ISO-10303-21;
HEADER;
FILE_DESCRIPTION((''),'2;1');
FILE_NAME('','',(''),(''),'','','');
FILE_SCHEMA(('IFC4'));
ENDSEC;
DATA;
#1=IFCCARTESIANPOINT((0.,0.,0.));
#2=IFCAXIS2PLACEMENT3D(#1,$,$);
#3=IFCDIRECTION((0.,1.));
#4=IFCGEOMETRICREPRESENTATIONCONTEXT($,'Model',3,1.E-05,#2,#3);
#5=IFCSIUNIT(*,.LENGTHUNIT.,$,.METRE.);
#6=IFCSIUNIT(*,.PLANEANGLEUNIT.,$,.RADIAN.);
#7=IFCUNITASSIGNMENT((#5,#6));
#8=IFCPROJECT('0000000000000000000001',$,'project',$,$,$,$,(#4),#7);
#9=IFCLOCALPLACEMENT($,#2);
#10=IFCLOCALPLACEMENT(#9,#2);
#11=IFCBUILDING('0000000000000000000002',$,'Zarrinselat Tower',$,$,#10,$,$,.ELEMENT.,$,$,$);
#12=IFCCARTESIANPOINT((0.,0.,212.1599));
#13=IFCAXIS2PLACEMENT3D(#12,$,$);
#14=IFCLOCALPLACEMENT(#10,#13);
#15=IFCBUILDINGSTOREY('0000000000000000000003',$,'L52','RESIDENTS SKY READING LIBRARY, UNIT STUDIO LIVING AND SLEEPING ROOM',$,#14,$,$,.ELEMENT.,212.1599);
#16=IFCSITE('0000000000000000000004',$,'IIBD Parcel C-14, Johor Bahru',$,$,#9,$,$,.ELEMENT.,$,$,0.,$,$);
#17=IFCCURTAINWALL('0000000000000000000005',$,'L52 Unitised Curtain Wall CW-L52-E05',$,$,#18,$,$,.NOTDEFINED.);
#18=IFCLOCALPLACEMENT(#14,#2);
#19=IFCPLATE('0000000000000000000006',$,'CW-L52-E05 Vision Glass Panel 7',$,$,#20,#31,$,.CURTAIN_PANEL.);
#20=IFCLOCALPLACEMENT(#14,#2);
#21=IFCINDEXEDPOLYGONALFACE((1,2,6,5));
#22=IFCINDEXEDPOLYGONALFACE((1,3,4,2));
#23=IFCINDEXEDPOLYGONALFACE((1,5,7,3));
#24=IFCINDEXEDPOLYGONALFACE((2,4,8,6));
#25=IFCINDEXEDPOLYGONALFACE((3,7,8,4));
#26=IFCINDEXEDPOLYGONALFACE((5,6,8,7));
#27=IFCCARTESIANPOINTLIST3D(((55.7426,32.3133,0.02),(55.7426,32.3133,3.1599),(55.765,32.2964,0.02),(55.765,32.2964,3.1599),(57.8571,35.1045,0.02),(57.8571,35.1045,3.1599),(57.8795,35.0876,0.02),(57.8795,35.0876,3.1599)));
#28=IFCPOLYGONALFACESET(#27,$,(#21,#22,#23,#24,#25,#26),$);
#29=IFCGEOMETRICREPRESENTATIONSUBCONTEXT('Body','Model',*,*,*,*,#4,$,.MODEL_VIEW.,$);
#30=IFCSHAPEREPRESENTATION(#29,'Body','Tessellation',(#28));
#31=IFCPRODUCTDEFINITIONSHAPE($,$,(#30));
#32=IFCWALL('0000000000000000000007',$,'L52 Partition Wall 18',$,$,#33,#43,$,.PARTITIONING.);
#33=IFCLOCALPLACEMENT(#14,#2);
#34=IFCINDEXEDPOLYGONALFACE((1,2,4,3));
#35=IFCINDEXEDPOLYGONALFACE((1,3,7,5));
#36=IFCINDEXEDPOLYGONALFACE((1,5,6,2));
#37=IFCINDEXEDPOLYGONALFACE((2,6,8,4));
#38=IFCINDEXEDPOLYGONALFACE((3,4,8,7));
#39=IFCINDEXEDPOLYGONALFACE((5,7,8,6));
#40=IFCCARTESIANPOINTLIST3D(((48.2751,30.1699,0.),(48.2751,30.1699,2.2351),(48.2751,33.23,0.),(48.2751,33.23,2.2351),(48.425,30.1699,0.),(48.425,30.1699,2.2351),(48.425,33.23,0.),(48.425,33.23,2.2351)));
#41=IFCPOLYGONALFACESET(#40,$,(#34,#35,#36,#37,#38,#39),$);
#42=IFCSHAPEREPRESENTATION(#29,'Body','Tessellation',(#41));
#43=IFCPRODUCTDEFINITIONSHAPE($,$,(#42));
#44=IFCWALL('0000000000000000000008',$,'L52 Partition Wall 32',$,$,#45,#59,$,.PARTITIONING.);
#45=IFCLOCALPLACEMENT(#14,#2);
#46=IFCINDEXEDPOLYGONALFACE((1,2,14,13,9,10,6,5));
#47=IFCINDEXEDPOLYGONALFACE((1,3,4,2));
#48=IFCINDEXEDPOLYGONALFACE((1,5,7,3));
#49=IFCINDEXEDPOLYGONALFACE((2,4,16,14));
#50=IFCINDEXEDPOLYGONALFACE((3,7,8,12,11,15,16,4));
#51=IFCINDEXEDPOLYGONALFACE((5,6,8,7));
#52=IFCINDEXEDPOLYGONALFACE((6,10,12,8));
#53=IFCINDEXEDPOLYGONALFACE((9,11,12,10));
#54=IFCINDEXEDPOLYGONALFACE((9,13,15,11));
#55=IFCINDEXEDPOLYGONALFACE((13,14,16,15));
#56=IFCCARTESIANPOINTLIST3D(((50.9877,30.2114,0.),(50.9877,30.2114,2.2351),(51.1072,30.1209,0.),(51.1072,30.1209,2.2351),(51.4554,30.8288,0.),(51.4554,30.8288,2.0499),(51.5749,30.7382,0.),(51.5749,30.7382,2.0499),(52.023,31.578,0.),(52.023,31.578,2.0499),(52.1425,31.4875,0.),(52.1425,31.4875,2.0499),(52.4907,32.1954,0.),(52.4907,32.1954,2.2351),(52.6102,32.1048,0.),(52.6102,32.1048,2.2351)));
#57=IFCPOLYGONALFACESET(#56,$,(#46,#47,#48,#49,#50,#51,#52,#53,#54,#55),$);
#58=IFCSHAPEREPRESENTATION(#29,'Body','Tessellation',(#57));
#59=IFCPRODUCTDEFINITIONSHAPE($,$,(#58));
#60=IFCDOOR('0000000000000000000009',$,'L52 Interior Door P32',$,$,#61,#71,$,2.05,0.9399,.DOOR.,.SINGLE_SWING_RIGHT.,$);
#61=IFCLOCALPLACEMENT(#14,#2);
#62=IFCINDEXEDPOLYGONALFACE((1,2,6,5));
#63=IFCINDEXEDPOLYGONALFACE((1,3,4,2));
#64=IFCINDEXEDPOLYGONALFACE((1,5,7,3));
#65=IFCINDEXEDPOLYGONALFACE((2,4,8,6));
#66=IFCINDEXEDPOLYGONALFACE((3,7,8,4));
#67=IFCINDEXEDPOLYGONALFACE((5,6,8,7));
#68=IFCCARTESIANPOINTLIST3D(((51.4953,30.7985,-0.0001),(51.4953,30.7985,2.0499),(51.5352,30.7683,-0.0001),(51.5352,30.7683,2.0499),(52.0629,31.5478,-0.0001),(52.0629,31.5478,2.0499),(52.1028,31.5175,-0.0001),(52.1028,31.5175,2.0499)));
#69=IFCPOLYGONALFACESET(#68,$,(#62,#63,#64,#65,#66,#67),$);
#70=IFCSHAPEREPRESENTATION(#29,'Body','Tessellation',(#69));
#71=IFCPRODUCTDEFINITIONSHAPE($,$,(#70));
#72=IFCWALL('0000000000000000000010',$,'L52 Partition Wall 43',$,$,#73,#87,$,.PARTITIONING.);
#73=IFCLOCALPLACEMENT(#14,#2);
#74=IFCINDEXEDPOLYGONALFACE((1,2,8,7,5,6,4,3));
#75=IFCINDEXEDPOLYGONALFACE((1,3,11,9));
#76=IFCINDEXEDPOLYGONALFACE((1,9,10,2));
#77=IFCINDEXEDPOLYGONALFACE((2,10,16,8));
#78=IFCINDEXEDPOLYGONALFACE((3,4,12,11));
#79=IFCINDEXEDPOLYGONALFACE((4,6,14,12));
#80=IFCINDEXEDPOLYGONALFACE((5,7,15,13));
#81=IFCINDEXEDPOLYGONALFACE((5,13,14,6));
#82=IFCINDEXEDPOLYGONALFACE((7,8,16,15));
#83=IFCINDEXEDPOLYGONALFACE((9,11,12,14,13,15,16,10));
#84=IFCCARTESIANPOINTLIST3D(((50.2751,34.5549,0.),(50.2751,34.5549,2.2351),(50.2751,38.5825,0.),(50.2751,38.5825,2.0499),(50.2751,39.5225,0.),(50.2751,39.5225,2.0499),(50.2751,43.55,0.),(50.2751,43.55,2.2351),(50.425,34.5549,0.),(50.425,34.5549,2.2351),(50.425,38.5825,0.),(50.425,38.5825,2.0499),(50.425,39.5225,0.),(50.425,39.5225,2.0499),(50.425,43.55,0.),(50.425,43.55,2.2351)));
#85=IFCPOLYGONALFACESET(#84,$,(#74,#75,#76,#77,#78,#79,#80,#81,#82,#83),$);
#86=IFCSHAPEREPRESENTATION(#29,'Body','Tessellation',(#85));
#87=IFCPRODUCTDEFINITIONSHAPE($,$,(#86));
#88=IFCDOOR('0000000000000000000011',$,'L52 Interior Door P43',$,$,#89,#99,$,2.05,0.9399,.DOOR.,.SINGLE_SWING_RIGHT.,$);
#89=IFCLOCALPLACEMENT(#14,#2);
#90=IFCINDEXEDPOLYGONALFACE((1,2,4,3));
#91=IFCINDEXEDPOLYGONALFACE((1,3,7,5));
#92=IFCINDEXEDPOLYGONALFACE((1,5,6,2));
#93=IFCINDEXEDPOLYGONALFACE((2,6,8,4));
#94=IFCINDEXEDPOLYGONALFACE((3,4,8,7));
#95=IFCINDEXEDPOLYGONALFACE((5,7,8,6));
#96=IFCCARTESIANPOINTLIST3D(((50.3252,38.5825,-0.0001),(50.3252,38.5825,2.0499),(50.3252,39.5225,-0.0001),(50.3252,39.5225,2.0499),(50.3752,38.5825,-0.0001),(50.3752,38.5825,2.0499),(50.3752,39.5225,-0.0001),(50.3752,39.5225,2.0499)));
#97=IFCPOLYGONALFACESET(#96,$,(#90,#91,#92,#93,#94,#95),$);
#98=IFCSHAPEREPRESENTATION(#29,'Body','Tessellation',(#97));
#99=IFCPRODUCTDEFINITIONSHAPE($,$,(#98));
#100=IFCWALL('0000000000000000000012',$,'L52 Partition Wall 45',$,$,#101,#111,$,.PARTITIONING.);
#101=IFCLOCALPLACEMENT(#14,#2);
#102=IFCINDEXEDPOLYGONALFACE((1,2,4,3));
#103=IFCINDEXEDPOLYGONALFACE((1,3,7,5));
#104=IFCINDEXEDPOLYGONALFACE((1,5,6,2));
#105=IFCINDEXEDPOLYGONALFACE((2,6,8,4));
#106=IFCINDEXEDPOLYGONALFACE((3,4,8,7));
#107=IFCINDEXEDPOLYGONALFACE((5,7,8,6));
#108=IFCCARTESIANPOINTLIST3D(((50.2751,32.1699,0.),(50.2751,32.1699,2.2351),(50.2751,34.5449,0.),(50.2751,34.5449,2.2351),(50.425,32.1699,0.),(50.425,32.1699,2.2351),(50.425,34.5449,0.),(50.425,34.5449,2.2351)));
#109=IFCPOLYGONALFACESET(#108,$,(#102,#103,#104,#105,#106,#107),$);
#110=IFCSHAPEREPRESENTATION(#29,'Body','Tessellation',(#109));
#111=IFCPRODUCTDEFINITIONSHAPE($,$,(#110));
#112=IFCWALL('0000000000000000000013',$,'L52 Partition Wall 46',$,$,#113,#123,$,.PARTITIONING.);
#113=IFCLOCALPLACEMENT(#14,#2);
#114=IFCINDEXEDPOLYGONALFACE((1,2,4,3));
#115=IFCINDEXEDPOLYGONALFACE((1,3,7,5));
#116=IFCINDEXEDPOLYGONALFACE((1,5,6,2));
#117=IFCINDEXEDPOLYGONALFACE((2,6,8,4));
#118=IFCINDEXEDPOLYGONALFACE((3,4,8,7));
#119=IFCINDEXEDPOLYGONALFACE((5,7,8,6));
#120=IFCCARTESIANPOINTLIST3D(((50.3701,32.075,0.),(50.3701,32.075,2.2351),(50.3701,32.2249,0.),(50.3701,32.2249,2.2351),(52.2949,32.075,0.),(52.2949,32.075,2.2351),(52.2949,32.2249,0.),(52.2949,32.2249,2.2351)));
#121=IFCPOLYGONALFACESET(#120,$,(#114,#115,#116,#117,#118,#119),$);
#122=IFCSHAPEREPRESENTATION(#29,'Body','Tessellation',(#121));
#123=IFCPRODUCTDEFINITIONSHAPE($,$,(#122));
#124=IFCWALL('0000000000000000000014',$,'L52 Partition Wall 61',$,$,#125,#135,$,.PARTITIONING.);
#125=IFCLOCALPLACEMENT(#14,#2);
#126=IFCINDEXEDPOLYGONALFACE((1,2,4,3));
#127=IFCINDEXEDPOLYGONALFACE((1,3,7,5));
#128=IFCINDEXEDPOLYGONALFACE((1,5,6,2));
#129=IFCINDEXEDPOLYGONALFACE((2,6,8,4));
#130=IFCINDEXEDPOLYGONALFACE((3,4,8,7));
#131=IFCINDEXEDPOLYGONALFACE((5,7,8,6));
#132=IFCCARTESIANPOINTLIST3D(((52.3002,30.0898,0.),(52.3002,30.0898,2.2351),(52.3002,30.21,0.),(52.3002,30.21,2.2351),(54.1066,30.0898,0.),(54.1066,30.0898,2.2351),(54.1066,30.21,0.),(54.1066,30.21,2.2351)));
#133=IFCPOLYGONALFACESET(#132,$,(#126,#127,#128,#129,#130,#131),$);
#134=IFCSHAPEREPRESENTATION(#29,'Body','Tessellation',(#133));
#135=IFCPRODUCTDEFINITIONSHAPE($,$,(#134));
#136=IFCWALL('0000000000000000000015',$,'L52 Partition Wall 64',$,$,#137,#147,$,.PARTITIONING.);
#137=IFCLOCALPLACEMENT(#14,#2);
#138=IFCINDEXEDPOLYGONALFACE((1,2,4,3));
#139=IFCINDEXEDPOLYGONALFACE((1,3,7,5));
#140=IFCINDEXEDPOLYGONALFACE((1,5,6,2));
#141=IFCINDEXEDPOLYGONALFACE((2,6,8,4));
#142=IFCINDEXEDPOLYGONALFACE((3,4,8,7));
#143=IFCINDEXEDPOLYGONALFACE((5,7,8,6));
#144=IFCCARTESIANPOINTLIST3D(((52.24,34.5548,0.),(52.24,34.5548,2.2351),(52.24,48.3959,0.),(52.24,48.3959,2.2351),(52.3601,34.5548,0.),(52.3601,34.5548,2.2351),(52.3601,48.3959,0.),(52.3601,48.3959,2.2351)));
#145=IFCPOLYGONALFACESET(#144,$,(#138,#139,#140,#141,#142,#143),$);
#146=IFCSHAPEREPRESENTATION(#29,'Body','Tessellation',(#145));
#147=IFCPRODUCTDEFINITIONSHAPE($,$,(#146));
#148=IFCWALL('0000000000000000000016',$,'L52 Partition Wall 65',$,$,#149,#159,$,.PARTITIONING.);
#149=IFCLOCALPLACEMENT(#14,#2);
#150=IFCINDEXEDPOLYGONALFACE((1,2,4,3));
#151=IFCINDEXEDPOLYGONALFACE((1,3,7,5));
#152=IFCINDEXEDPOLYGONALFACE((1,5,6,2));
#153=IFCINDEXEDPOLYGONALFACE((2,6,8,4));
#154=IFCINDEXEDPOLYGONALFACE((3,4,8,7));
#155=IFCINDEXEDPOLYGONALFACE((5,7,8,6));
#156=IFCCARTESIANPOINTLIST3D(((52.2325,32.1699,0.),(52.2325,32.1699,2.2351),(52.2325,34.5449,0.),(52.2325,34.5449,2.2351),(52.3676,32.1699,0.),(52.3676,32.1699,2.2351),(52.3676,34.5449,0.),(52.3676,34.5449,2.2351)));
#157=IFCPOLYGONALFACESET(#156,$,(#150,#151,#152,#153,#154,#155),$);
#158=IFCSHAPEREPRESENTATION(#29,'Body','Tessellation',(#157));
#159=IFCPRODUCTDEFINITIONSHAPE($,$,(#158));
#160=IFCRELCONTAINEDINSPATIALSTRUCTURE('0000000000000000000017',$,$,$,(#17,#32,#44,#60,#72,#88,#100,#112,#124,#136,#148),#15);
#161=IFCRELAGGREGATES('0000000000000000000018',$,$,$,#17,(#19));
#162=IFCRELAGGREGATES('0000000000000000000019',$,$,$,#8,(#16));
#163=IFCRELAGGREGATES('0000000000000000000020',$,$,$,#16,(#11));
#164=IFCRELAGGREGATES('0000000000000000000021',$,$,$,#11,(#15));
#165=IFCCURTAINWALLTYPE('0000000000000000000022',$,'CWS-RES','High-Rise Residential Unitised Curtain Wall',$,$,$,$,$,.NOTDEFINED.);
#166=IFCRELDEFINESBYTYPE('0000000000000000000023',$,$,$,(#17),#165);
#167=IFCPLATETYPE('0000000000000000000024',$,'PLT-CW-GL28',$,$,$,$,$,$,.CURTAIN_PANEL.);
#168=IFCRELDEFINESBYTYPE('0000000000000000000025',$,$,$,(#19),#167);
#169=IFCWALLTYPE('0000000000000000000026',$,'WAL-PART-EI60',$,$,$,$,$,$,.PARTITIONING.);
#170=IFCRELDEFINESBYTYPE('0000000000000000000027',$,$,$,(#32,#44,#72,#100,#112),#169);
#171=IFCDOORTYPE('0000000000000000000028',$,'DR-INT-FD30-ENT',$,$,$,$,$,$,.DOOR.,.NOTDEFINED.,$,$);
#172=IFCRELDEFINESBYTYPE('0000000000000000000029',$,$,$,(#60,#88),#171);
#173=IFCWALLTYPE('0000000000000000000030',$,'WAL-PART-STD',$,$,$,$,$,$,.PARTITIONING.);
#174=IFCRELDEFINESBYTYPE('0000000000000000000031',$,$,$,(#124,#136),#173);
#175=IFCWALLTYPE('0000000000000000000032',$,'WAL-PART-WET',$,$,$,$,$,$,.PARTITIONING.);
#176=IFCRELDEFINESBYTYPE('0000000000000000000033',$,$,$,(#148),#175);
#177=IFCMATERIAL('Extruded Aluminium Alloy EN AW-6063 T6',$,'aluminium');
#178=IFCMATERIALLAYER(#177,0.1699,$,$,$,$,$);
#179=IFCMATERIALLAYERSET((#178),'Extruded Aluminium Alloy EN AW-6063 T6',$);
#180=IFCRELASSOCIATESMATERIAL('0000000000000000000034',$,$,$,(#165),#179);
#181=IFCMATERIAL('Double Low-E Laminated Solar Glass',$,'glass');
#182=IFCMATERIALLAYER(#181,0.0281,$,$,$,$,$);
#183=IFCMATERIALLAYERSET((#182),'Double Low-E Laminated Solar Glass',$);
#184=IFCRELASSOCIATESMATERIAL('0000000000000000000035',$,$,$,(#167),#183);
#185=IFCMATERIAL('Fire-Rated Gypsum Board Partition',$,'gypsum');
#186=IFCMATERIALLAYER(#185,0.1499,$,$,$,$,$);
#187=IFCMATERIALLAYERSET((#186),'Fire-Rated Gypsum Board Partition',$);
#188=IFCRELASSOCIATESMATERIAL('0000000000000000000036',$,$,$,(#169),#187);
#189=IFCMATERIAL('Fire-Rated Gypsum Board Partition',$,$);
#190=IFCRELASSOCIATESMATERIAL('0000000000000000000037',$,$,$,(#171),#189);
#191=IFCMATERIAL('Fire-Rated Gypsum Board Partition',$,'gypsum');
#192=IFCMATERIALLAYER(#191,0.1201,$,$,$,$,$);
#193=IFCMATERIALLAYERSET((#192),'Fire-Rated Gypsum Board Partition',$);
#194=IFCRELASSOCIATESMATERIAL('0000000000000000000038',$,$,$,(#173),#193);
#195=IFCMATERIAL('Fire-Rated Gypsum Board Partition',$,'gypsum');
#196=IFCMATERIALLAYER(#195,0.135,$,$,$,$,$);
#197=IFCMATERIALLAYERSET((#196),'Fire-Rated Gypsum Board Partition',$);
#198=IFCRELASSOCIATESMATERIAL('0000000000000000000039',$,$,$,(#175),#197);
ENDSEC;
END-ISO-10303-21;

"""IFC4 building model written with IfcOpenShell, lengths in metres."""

from ifc_helpers import new_model, si_unit, direction, frame, frame_2d, origin, origin_2d, place, context, subcontext, project, spatial, rectangle, extrude, material, layer, layer_set, type_object, element, fill, aggregate, save


model = new_model("IFC4")

# Units and contexts
model_context = context("Model", 3, precision=1e-05, world=origin(), true_north=direction((0.0, 1.0)))
body_context = subcontext(model_context, "Body", "Model", "MODEL_VIEW")
ifc_project = project(units=[si_unit("LENGTHUNIT", "METRE"), si_unit("PLANEANGLEUNIT", "RADIAN")], contexts=[model_context])

# Site, building, storey
site_placement = place(None, origin())
site = spatial("IfcSite", under=ifc_project, at=site_placement, Name="IIBD Parcel C-14, Johor Bahru", CompositionType="ELEMENT", RefElevation=0.0)
building_placement = place(site_placement, origin())
building = spatial("IfcBuilding", under=site, at=building_placement, Name="Zarrinselat Tower", CompositionType="ELEMENT")
storey_placement = place(building_placement, frame((0.0, 0.0, 212.1599)))
storey = spatial("IfcBuildingStorey", under=building, at=storey_placement, Name="L52", Description="RESIDENTS SKY READING LIBRARY, UNIT STUDIO LIVING AND SLEEPING ROOM", CompositionType="ELEMENT", Elevation=212.1599)

# Curtain wall, plate
ifc_material_1 = material(Name="Extruded Aluminium Alloy EN AW-6063 T6", Category="aluminium")
ifc_layer_1 = layer(ifc_material_1, 0.1699)
ifc_layer_set_1 = layer_set([ifc_layer_1], Name="Extruded Aluminium Alloy EN AW-6063 T6")
curtain_wall_type = type_object("IfcCurtainWallType", Name="CWS-RES", Description="High-Rise Residential Unitised Curtain Wall", PredefinedType="NOTDEFINED", material=ifc_layer_set_1)
curtain_wall_placement = place(storey_placement, origin())
curtain_wall = element("IfcCurtainWall", 1, at=curtain_wall_placement, inside=storey, type_object=curtain_wall_type, Name="L52 Unitised Curtain Wall CW-L52-E05", PredefinedType="NOTDEFINED")
ifc_material_2 = material(Name="Double Low-E Laminated Solar Glass", Category="glass")
ifc_layer_2 = layer(ifc_material_2, 0.0281)
ifc_layer_set_2 = layer_set([ifc_layer_2], Name="Double Low-E Laminated Solar Glass")
plate_type = type_object("IfcPlateType", Name="PLT-CW-GL28", PredefinedType="CURTAIN_PANEL", material=ifc_layer_set_2)
plate_1_placement = place(storey_placement, frame((56.811, 33.7004, 0.02), z_axis=(0.0, 0.0, 1.0), x_axis=(0.603859, 0.797091, 0.0)))
plate_1 = element("IfcPlate", 2, at=plate_1_placement, type_object=plate_type, Name="CW-L52-E05 Vision Glass Panel 7", PredefinedType="CURTAIN_PANEL", context=body_context, shape_type="SweptSolid", body=[
    extrude(rectangle(XDim=3.5017, YDim=0.0281, at=origin_2d()), origin(), (0.0, 0.0, 1.0), 3.1399),
])
aggregate(curtain_wall, [plate_1])

# Wall
ifc_material_3 = material(Name="Fire-Rated Gypsum Board Partition", Category="gypsum")
ifc_layer_3 = layer(ifc_material_3, 0.1499)
ifc_layer_set_3 = layer_set([ifc_layer_3], Name="Fire-Rated Gypsum Board Partition")
wall_type_1 = type_object("IfcWallType", Name="WAL-PART-EI60", PredefinedType="PARTITIONING", material=ifc_layer_set_3)
wall_1_placement = place(storey_placement, frame((48.3501, 30.1699, 0.0), z_axis=(0.0, 0.0, 1.0), x_axis=(0.0, 1.0, 0.0)))
element("IfcWall", 3, at=wall_1_placement, inside=storey, type_object=wall_type_1, Name="L52 Partition Wall 18", PredefinedType="PARTITIONING", context=body_context, shape_type="SweptSolid", body=[
    extrude(rectangle(XDim=3.0601, YDim=0.1499, at=frame_2d((1.53, 0.0))), origin(), (0.0, 0.0, 1.0), 2.2351),
])

# Walls, openings, doors
wall_2_placement = place(storey_placement, frame((51.0474, 30.166, 0.0), z_axis=(0.0, 0.0, 1.0), x_axis=(0.603854, 0.797095, 0.0)))
wall_2 = element("IfcWall", 4, at=wall_2_placement, inside=storey, type_object=wall_type_1, Name="L52 Partition Wall 32", PredefinedType="PARTITIONING", context=body_context, shape_type="SweptSolid", body=[
    extrude(rectangle(XDim=2.489, YDim=0.1499, at=frame_2d((1.2446, 0.0))), origin(), (0.0, 0.0, 1.0), 2.2351),
])
opening_1_placement = place(wall_2_placement, frame((0.7747, 0.0, 0.0)))
opening_1 = element("IfcOpeningElement", 5, at=opening_1_placement, cuts=wall_2, PredefinedType="OPENING", context=body_context, shape_type="SweptSolid", body=[
    extrude(rectangle(XDim=0.9399, YDim=2.05, at=frame_2d((0.47, 1.0249))), frame((0.0, 0.085, 0.0), z_axis=(0.0, -1.0, 0.0), x_axis=(1.0, 0.0, 0.0)), (0.0, 0.0, 1.0), 0.1699),
])
ifc_material_4 = material(Name="Fire-Rated Gypsum Board Partition")
door_type_1 = type_object("IfcDoorType", Name="DR-INT-FD30-ENT", OperationType="NOTDEFINED", PredefinedType="DOOR", material=ifc_material_4)
door_1_placement = place(opening_1_placement, origin())
door_1 = element("IfcDoor", 6, at=door_1_placement, inside=storey, type_object=door_type_1, Name="L52 Interior Door P32", OperationType="SINGLE_SWING_RIGHT", OverallHeight=2.05, OverallWidth=0.9399, PredefinedType="DOOR", context=body_context, shape_type="SweptSolid", body=[
    extrude(rectangle(XDim=0.9399, YDim=2.05, at=frame_2d((0.47, 1.0249))), frame((0.0, 0.0249, 0.0), z_axis=(0.0, -1.0, 0.0), x_axis=(1.0, 0.0, 0.0)), (0.0, 0.0, 1.0), 0.05),
])
fill(opening_1, door_1)
wall_3_placement = place(storey_placement, frame((50.3501, 34.5549, 0.0), z_axis=(0.0, 0.0, 1.0), x_axis=(0.0, 1.0, 0.0)))
wall_3 = element("IfcWall", 7, at=wall_3_placement, inside=storey, type_object=wall_type_1, Name="L52 Partition Wall 43", PredefinedType="PARTITIONING", context=body_context, shape_type="SweptSolid", body=[
    extrude(rectangle(XDim=8.9951, YDim=0.1499, at=frame_2d((4.4976, 0.0))), origin(), (0.0, 0.0, 1.0), 2.2351),
])
opening_2_placement = place(wall_3_placement, frame((4.0276, 0.0, 0.0)))
opening_2 = element("IfcOpeningElement", 8, at=opening_2_placement, cuts=wall_3, PredefinedType="OPENING", context=body_context, shape_type="SweptSolid", body=[
    extrude(rectangle(XDim=0.9399, YDim=2.05, at=frame_2d((0.47, 1.0249))), frame((0.0, 0.085, 0.0), z_axis=(0.0, -1.0, 0.0), x_axis=(1.0, 0.0, 0.0)), (0.0, 0.0, 1.0), 0.1699),
])
door_2_placement = place(opening_2_placement, origin())
door_2 = element("IfcDoor", 9, at=door_2_placement, inside=storey, type_object=door_type_1, Name="L52 Interior Door P43", OperationType="SINGLE_SWING_RIGHT", OverallHeight=2.05, OverallWidth=0.9399, PredefinedType="DOOR", context=body_context, shape_type="SweptSolid", body=[
    extrude(rectangle(XDim=0.9399, YDim=2.05, at=frame_2d((0.47, 1.0249))), frame((0.0, 0.0249, 0.0), z_axis=(0.0, -1.0, 0.0), x_axis=(1.0, 0.0, 0.0)), (0.0, 0.0, 1.0), 0.05),
])
fill(opening_2, door_2)

# Walls
wall_4_placement = place(storey_placement, frame((50.3501, 32.1699, 0.0), z_axis=(0.0, 0.0, 1.0), x_axis=(0.0, 1.0, 0.0)))
element("IfcWall", 10, at=wall_4_placement, inside=storey, type_object=wall_type_1, Name="L52 Partition Wall 45", PredefinedType="PARTITIONING", context=body_context, shape_type="SweptSolid", body=[
    extrude(rectangle(XDim=2.375, YDim=0.1499, at=frame_2d((1.1875, 0.0))), origin(), (0.0, 0.0, 1.0), 2.2351),
])
wall_5_placement = place(storey_placement, frame((50.3701, 32.1499, 0.0), z_axis=(0.0, 0.0, 1.0), x_axis=(1.0, 0.0, 0.0)))
element("IfcWall", 11, at=wall_5_placement, inside=storey, type_object=wall_type_1, Name="L52 Partition Wall 46", PredefinedType="PARTITIONING", context=body_context, shape_type="SweptSolid", body=[
    extrude(rectangle(XDim=1.9248, YDim=0.1499, at=frame_2d((0.9624, 0.0))), origin(), (0.0, 0.0, 1.0), 2.2351),
])
ifc_material_5 = material(Name="Fire-Rated Gypsum Board Partition", Category="gypsum")
ifc_layer_4 = layer(ifc_material_5, 0.1201)
ifc_layer_set_4 = layer_set([ifc_layer_4], Name="Fire-Rated Gypsum Board Partition")
wall_type_2 = type_object("IfcWallType", Name="WAL-PART-STD", PredefinedType="PARTITIONING", material=ifc_layer_set_4)
wall_6_placement = place(storey_placement, frame((52.3, 30.1499, 0.0), z_axis=(0.0, 0.0, 1.0), x_axis=(1.0, 0.0, 0.0)))
element("IfcWall", 12, at=wall_6_placement, inside=storey, type_object=wall_type_2, Name="L52 Partition Wall 61", PredefinedType="PARTITIONING", context=body_context, shape_type="SweptSolid", body=[
    extrude(rectangle(XDim=1.8064, YDim=0.1201, at=frame_2d((0.9033, 0.0))), origin(), (0.0, 0.0, 1.0), 2.2351),
])
wall_7_placement = place(storey_placement, frame((52.3, 34.5549, 0.0), z_axis=(0.0, 0.0, 1.0), x_axis=(0.0, 1.0, 0.0)))
element("IfcWall", 13, at=wall_7_placement, inside=storey, type_object=wall_type_2, Name="L52 Partition Wall 64", PredefinedType="PARTITIONING", context=body_context, shape_type="SweptSolid", body=[
    extrude(rectangle(XDim=13.8411, YDim=0.1201, at=frame_2d((6.9204, 0.0))), origin(), (0.0, 0.0, 1.0), 2.2351),
])
ifc_material_6 = material(Name="Fire-Rated Gypsum Board Partition", Category="gypsum")
ifc_layer_5 = layer(ifc_material_6, 0.135)
ifc_layer_set_5 = layer_set([ifc_layer_5], Name="Fire-Rated Gypsum Board Partition")
wall_type_3 = type_object("IfcWallType", Name="WAL-PART-WET", PredefinedType="PARTITIONING", material=ifc_layer_set_5)
wall_8_placement = place(storey_placement, frame((52.3, 32.1699, 0.0), z_axis=(0.0, 0.0, 1.0), x_axis=(0.0, 1.0, 0.0)))
element("IfcWall", 14, at=wall_8_placement, inside=storey, type_object=wall_type_3, Name="L52 Partition Wall 65", PredefinedType="PARTITIONING", context=body_context, shape_type="SweptSolid", body=[
    extrude(rectangle(XDim=2.375, YDim=0.135, at=frame_2d((1.1875, 0.0))), origin(), (0.0, 0.0, 1.0), 2.2351),
])

save(model, "model.ifc")
